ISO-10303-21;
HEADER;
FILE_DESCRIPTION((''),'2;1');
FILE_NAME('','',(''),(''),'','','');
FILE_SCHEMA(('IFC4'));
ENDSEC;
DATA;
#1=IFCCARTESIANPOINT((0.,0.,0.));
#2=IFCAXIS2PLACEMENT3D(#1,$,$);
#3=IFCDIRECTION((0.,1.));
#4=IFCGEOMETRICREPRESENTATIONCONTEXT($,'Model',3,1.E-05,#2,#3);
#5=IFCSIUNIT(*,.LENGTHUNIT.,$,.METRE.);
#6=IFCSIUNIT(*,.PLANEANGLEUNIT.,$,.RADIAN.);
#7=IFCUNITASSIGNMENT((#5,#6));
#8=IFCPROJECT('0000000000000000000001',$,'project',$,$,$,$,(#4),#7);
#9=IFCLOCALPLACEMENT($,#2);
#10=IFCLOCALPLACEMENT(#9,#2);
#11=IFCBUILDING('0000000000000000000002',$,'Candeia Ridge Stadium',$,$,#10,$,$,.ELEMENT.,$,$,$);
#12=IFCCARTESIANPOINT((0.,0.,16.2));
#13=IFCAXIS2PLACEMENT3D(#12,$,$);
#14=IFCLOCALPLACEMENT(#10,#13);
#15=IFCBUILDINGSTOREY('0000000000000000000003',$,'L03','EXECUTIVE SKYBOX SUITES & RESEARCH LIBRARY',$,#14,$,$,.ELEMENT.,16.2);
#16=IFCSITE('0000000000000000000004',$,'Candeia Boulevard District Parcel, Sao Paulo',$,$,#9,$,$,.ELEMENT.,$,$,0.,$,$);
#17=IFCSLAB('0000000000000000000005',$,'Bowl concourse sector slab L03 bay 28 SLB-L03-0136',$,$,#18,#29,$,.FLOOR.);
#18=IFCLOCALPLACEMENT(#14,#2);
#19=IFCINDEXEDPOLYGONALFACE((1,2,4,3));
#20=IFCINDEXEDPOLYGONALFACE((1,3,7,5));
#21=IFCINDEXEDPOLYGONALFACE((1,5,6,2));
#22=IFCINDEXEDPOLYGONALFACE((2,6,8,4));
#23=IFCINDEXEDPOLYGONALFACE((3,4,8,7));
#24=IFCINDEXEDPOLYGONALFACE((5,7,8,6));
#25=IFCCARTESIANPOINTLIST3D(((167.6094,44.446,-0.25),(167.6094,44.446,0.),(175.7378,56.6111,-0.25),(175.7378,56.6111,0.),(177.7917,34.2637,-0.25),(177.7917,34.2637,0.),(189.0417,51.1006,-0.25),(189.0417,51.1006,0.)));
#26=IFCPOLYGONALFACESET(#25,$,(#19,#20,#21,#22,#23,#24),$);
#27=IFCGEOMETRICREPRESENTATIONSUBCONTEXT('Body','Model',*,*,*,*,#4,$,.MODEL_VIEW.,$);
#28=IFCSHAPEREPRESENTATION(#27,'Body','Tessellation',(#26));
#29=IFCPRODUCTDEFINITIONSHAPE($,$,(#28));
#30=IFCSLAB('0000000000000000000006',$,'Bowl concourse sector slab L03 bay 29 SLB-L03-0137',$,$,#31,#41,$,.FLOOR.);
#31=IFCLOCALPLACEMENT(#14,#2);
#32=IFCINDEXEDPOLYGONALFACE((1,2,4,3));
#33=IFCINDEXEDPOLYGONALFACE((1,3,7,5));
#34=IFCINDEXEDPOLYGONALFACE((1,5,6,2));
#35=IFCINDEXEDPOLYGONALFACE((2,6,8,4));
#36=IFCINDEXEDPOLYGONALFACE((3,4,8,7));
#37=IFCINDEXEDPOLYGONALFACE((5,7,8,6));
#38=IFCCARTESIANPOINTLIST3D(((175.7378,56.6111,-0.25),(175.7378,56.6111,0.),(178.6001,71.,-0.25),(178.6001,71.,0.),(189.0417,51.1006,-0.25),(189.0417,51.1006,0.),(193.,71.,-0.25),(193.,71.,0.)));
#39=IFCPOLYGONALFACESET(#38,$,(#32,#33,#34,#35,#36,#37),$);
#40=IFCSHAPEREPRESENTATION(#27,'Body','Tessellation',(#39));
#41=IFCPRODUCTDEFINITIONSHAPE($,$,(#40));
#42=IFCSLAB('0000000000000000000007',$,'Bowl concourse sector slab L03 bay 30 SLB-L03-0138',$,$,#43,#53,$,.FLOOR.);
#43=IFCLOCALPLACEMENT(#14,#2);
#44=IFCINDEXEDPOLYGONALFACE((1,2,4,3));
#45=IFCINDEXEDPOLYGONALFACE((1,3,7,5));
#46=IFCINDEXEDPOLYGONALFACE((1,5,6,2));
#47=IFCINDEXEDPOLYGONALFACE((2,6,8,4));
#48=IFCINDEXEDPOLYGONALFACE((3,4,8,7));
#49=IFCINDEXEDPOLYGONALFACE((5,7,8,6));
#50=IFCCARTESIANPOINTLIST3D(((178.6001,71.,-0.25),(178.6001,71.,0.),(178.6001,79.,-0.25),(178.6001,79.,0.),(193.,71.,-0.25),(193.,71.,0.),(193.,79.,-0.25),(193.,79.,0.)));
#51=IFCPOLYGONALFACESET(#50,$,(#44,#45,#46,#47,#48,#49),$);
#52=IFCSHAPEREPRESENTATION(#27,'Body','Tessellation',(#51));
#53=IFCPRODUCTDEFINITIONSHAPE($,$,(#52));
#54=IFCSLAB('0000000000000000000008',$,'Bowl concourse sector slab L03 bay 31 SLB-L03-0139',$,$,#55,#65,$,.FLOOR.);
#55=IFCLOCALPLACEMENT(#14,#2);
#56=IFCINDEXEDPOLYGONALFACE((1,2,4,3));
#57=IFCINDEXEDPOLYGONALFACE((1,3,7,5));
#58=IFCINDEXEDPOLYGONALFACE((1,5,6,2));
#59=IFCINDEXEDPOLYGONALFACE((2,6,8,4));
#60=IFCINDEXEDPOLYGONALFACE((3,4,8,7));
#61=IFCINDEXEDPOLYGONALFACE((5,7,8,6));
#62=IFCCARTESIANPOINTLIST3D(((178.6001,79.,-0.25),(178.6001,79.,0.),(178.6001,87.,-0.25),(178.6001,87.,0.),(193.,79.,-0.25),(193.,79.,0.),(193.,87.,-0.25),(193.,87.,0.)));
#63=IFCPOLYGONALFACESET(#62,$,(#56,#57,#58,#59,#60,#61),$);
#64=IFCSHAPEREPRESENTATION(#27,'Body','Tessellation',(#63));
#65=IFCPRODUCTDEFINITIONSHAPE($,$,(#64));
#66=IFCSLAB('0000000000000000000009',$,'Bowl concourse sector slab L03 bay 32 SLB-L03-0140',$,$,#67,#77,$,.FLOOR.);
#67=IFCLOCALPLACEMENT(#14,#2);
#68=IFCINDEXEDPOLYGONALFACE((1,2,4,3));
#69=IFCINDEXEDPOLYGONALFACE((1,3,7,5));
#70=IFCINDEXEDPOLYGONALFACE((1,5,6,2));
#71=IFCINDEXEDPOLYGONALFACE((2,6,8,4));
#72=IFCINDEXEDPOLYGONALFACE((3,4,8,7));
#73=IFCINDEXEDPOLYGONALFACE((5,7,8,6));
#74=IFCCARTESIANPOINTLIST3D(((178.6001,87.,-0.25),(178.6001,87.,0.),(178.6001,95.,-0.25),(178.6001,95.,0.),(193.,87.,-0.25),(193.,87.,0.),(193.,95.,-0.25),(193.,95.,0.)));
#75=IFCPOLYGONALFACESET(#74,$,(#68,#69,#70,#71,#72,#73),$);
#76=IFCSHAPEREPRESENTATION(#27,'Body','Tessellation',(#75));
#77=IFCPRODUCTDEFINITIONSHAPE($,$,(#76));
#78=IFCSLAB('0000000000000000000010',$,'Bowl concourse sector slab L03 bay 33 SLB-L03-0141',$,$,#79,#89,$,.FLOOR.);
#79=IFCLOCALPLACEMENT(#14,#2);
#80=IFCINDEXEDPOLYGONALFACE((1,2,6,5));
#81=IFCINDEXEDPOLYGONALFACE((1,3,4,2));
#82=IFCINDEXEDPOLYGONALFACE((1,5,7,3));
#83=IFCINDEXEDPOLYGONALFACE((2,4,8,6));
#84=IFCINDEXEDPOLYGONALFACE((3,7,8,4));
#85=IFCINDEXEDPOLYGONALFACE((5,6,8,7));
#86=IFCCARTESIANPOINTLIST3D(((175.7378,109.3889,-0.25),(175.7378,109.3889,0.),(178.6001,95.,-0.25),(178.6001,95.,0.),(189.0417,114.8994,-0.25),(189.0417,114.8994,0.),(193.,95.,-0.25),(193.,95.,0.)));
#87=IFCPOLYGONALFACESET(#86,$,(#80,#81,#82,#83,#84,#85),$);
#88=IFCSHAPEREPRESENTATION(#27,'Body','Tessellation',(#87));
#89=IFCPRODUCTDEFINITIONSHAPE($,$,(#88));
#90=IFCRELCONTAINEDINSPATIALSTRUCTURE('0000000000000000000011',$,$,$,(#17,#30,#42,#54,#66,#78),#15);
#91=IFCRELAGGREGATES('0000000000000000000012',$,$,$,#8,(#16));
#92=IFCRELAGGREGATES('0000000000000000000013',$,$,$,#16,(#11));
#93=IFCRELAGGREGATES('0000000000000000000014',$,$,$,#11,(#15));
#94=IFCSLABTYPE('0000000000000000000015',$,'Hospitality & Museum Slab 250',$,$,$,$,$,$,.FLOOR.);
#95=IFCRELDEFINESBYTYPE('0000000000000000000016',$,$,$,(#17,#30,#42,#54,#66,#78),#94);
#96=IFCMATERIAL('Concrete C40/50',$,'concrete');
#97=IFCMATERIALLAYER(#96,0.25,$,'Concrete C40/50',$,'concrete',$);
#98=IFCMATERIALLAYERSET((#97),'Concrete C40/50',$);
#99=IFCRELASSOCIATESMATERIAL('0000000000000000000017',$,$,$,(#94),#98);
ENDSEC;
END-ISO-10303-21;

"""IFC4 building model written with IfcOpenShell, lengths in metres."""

from ifc_helpers import new_model, si_unit, direction, frame, origin, place, context, subcontext, project, spatial, polyline, outline, extrude, material, layer, layer_set, type_object, element, save


model = new_model("IFC4")

# Units and contexts
model_context = context("Model", 3, precision=1e-05, world=origin(), true_north=direction((0.0, 1.0)))
body_context = subcontext(model_context, "Body", "Model", "MODEL_VIEW")
ifc_project = project(units=[si_unit("LENGTHUNIT", "METRE"), si_unit("PLANEANGLEUNIT", "RADIAN")], contexts=[model_context])

# Site, building, storey
site_placement = place(None, origin())
site = spatial("IfcSite", under=ifc_project, at=site_placement, Name="Candeia Boulevard District Parcel, Sao Paulo", CompositionType="ELEMENT", RefElevation=0.0)
building_placement = place(site_placement, origin())
building = spatial("IfcBuilding", under=site, at=building_placement, Name="Candeia Ridge Stadium", CompositionType="ELEMENT")
storey_placement = place(building_placement, frame((0.0, 0.0, 16.2)))
storey = spatial("IfcBuildingStorey", under=building, at=storey_placement, Name="L03", Description="EXECUTIVE SKYBOX SUITES & RESEARCH LIBRARY", CompositionType="ELEMENT", Elevation=16.2)

# Slabs
ifc_material = material(Name="Concrete C40/50", Category="concrete")
ifc_layer = layer(ifc_material, 0.25, Name="Concrete C40/50", Category="concrete")
ifc_layer_set = layer_set([ifc_layer], Name="Concrete C40/50")
slab_type = type_object("IfcSlabType", Name="Hospitality & Museum Slab 250", PredefinedType="FLOOR", material=ifc_layer_set)
slab_1_placement = place(storey_placement, frame((0.0, 0.0, -0.25)))
element("IfcSlab", 1, at=slab_1_placement, inside=storey, type_object=slab_type, Name="Bowl concourse sector slab L03 bay 28 SLB-L03-0136", PredefinedType="FLOOR", context=body_context, shape_type="SweptSolid", body=[
    extrude(outline(polyline([(175.7378, 56.6111), (189.0417, 51.1006), (177.7917, 34.2637), (167.6094, 44.446), (175.7378, 56.6111)])), origin(), (0.0, 0.0, 1.0), 0.25),
])
slab_2_placement = place(storey_placement, frame((0.0, 0.0, -0.25)))
element("IfcSlab", 2, at=slab_2_placement, inside=storey, type_object=slab_type, Name="Bowl concourse sector slab L03 bay 29 SLB-L03-0137", PredefinedType="FLOOR", context=body_context, shape_type="SweptSolid", body=[
    extrude(outline(polyline([(178.6001, 71.0), (193.0, 71.0), (189.0417, 51.1006), (175.7378, 56.6111), (178.6001, 71.0)])), origin(), (0.0, 0.0, 1.0), 0.25),
])
slab_3_placement = place(storey_placement, frame((0.0, 0.0, -0.25)))
element("IfcSlab", 3, at=slab_3_placement, inside=storey, type_object=slab_type, Name="Bowl concourse sector slab L03 bay 30 SLB-L03-0138", PredefinedType="FLOOR", context=body_context, shape_type="SweptSolid", body=[
    extrude(outline(polyline([(178.6001, 79.0), (193.0, 79.0), (193.0, 71.0), (178.6001, 71.0), (178.6001, 79.0)])), origin(), (0.0, 0.0, 1.0), 0.25),
])
slab_4_placement = place(storey_placement, frame((0.0, 0.0, -0.25)))
element("IfcSlab", 4, at=slab_4_placement, inside=storey, type_object=slab_type, Name="Bowl concourse sector slab L03 bay 31 SLB-L03-0139", PredefinedType="FLOOR", context=body_context, shape_type="SweptSolid", body=[
    extrude(outline(polyline([(178.6001, 87.0), (193.0, 87.0), (193.0, 79.0), (178.6001, 79.0), (178.6001, 87.0)])), origin(), (0.0, 0.0, 1.0), 0.25),
])
slab_5_placement = place(storey_placement, frame((0.0, 0.0, -0.25)))
element("IfcSlab", 5, at=slab_5_placement, inside=storey, type_object=slab_type, Name="Bowl concourse sector slab L03 bay 32 SLB-L03-0140", PredefinedType="FLOOR", context=body_context, shape_type="SweptSolid", body=[
    extrude(outline(polyline([(178.6001, 95.0), (193.0, 95.0), (193.0, 87.0), (178.6001, 87.0), (178.6001, 95.0)])), origin(), (0.0, 0.0, 1.0), 0.25),
])
slab_6_placement = place(storey_placement, frame((0.0, 0.0, -0.25)))
element("IfcSlab", 6, at=slab_6_placement, inside=storey, type_object=slab_type, Name="Bowl concourse sector slab L03 bay 33 SLB-L03-0141", PredefinedType="FLOOR", context=body_context, shape_type="SweptSolid", body=[
    extrude(outline(polyline([(175.7378, 109.3889), (189.0417, 114.8994), (193.0, 95.0), (178.6001, 95.0), (175.7378, 109.3889)])), origin(), (0.0, 0.0, 1.0), 0.25),
])

save(model, "model.ifc")
